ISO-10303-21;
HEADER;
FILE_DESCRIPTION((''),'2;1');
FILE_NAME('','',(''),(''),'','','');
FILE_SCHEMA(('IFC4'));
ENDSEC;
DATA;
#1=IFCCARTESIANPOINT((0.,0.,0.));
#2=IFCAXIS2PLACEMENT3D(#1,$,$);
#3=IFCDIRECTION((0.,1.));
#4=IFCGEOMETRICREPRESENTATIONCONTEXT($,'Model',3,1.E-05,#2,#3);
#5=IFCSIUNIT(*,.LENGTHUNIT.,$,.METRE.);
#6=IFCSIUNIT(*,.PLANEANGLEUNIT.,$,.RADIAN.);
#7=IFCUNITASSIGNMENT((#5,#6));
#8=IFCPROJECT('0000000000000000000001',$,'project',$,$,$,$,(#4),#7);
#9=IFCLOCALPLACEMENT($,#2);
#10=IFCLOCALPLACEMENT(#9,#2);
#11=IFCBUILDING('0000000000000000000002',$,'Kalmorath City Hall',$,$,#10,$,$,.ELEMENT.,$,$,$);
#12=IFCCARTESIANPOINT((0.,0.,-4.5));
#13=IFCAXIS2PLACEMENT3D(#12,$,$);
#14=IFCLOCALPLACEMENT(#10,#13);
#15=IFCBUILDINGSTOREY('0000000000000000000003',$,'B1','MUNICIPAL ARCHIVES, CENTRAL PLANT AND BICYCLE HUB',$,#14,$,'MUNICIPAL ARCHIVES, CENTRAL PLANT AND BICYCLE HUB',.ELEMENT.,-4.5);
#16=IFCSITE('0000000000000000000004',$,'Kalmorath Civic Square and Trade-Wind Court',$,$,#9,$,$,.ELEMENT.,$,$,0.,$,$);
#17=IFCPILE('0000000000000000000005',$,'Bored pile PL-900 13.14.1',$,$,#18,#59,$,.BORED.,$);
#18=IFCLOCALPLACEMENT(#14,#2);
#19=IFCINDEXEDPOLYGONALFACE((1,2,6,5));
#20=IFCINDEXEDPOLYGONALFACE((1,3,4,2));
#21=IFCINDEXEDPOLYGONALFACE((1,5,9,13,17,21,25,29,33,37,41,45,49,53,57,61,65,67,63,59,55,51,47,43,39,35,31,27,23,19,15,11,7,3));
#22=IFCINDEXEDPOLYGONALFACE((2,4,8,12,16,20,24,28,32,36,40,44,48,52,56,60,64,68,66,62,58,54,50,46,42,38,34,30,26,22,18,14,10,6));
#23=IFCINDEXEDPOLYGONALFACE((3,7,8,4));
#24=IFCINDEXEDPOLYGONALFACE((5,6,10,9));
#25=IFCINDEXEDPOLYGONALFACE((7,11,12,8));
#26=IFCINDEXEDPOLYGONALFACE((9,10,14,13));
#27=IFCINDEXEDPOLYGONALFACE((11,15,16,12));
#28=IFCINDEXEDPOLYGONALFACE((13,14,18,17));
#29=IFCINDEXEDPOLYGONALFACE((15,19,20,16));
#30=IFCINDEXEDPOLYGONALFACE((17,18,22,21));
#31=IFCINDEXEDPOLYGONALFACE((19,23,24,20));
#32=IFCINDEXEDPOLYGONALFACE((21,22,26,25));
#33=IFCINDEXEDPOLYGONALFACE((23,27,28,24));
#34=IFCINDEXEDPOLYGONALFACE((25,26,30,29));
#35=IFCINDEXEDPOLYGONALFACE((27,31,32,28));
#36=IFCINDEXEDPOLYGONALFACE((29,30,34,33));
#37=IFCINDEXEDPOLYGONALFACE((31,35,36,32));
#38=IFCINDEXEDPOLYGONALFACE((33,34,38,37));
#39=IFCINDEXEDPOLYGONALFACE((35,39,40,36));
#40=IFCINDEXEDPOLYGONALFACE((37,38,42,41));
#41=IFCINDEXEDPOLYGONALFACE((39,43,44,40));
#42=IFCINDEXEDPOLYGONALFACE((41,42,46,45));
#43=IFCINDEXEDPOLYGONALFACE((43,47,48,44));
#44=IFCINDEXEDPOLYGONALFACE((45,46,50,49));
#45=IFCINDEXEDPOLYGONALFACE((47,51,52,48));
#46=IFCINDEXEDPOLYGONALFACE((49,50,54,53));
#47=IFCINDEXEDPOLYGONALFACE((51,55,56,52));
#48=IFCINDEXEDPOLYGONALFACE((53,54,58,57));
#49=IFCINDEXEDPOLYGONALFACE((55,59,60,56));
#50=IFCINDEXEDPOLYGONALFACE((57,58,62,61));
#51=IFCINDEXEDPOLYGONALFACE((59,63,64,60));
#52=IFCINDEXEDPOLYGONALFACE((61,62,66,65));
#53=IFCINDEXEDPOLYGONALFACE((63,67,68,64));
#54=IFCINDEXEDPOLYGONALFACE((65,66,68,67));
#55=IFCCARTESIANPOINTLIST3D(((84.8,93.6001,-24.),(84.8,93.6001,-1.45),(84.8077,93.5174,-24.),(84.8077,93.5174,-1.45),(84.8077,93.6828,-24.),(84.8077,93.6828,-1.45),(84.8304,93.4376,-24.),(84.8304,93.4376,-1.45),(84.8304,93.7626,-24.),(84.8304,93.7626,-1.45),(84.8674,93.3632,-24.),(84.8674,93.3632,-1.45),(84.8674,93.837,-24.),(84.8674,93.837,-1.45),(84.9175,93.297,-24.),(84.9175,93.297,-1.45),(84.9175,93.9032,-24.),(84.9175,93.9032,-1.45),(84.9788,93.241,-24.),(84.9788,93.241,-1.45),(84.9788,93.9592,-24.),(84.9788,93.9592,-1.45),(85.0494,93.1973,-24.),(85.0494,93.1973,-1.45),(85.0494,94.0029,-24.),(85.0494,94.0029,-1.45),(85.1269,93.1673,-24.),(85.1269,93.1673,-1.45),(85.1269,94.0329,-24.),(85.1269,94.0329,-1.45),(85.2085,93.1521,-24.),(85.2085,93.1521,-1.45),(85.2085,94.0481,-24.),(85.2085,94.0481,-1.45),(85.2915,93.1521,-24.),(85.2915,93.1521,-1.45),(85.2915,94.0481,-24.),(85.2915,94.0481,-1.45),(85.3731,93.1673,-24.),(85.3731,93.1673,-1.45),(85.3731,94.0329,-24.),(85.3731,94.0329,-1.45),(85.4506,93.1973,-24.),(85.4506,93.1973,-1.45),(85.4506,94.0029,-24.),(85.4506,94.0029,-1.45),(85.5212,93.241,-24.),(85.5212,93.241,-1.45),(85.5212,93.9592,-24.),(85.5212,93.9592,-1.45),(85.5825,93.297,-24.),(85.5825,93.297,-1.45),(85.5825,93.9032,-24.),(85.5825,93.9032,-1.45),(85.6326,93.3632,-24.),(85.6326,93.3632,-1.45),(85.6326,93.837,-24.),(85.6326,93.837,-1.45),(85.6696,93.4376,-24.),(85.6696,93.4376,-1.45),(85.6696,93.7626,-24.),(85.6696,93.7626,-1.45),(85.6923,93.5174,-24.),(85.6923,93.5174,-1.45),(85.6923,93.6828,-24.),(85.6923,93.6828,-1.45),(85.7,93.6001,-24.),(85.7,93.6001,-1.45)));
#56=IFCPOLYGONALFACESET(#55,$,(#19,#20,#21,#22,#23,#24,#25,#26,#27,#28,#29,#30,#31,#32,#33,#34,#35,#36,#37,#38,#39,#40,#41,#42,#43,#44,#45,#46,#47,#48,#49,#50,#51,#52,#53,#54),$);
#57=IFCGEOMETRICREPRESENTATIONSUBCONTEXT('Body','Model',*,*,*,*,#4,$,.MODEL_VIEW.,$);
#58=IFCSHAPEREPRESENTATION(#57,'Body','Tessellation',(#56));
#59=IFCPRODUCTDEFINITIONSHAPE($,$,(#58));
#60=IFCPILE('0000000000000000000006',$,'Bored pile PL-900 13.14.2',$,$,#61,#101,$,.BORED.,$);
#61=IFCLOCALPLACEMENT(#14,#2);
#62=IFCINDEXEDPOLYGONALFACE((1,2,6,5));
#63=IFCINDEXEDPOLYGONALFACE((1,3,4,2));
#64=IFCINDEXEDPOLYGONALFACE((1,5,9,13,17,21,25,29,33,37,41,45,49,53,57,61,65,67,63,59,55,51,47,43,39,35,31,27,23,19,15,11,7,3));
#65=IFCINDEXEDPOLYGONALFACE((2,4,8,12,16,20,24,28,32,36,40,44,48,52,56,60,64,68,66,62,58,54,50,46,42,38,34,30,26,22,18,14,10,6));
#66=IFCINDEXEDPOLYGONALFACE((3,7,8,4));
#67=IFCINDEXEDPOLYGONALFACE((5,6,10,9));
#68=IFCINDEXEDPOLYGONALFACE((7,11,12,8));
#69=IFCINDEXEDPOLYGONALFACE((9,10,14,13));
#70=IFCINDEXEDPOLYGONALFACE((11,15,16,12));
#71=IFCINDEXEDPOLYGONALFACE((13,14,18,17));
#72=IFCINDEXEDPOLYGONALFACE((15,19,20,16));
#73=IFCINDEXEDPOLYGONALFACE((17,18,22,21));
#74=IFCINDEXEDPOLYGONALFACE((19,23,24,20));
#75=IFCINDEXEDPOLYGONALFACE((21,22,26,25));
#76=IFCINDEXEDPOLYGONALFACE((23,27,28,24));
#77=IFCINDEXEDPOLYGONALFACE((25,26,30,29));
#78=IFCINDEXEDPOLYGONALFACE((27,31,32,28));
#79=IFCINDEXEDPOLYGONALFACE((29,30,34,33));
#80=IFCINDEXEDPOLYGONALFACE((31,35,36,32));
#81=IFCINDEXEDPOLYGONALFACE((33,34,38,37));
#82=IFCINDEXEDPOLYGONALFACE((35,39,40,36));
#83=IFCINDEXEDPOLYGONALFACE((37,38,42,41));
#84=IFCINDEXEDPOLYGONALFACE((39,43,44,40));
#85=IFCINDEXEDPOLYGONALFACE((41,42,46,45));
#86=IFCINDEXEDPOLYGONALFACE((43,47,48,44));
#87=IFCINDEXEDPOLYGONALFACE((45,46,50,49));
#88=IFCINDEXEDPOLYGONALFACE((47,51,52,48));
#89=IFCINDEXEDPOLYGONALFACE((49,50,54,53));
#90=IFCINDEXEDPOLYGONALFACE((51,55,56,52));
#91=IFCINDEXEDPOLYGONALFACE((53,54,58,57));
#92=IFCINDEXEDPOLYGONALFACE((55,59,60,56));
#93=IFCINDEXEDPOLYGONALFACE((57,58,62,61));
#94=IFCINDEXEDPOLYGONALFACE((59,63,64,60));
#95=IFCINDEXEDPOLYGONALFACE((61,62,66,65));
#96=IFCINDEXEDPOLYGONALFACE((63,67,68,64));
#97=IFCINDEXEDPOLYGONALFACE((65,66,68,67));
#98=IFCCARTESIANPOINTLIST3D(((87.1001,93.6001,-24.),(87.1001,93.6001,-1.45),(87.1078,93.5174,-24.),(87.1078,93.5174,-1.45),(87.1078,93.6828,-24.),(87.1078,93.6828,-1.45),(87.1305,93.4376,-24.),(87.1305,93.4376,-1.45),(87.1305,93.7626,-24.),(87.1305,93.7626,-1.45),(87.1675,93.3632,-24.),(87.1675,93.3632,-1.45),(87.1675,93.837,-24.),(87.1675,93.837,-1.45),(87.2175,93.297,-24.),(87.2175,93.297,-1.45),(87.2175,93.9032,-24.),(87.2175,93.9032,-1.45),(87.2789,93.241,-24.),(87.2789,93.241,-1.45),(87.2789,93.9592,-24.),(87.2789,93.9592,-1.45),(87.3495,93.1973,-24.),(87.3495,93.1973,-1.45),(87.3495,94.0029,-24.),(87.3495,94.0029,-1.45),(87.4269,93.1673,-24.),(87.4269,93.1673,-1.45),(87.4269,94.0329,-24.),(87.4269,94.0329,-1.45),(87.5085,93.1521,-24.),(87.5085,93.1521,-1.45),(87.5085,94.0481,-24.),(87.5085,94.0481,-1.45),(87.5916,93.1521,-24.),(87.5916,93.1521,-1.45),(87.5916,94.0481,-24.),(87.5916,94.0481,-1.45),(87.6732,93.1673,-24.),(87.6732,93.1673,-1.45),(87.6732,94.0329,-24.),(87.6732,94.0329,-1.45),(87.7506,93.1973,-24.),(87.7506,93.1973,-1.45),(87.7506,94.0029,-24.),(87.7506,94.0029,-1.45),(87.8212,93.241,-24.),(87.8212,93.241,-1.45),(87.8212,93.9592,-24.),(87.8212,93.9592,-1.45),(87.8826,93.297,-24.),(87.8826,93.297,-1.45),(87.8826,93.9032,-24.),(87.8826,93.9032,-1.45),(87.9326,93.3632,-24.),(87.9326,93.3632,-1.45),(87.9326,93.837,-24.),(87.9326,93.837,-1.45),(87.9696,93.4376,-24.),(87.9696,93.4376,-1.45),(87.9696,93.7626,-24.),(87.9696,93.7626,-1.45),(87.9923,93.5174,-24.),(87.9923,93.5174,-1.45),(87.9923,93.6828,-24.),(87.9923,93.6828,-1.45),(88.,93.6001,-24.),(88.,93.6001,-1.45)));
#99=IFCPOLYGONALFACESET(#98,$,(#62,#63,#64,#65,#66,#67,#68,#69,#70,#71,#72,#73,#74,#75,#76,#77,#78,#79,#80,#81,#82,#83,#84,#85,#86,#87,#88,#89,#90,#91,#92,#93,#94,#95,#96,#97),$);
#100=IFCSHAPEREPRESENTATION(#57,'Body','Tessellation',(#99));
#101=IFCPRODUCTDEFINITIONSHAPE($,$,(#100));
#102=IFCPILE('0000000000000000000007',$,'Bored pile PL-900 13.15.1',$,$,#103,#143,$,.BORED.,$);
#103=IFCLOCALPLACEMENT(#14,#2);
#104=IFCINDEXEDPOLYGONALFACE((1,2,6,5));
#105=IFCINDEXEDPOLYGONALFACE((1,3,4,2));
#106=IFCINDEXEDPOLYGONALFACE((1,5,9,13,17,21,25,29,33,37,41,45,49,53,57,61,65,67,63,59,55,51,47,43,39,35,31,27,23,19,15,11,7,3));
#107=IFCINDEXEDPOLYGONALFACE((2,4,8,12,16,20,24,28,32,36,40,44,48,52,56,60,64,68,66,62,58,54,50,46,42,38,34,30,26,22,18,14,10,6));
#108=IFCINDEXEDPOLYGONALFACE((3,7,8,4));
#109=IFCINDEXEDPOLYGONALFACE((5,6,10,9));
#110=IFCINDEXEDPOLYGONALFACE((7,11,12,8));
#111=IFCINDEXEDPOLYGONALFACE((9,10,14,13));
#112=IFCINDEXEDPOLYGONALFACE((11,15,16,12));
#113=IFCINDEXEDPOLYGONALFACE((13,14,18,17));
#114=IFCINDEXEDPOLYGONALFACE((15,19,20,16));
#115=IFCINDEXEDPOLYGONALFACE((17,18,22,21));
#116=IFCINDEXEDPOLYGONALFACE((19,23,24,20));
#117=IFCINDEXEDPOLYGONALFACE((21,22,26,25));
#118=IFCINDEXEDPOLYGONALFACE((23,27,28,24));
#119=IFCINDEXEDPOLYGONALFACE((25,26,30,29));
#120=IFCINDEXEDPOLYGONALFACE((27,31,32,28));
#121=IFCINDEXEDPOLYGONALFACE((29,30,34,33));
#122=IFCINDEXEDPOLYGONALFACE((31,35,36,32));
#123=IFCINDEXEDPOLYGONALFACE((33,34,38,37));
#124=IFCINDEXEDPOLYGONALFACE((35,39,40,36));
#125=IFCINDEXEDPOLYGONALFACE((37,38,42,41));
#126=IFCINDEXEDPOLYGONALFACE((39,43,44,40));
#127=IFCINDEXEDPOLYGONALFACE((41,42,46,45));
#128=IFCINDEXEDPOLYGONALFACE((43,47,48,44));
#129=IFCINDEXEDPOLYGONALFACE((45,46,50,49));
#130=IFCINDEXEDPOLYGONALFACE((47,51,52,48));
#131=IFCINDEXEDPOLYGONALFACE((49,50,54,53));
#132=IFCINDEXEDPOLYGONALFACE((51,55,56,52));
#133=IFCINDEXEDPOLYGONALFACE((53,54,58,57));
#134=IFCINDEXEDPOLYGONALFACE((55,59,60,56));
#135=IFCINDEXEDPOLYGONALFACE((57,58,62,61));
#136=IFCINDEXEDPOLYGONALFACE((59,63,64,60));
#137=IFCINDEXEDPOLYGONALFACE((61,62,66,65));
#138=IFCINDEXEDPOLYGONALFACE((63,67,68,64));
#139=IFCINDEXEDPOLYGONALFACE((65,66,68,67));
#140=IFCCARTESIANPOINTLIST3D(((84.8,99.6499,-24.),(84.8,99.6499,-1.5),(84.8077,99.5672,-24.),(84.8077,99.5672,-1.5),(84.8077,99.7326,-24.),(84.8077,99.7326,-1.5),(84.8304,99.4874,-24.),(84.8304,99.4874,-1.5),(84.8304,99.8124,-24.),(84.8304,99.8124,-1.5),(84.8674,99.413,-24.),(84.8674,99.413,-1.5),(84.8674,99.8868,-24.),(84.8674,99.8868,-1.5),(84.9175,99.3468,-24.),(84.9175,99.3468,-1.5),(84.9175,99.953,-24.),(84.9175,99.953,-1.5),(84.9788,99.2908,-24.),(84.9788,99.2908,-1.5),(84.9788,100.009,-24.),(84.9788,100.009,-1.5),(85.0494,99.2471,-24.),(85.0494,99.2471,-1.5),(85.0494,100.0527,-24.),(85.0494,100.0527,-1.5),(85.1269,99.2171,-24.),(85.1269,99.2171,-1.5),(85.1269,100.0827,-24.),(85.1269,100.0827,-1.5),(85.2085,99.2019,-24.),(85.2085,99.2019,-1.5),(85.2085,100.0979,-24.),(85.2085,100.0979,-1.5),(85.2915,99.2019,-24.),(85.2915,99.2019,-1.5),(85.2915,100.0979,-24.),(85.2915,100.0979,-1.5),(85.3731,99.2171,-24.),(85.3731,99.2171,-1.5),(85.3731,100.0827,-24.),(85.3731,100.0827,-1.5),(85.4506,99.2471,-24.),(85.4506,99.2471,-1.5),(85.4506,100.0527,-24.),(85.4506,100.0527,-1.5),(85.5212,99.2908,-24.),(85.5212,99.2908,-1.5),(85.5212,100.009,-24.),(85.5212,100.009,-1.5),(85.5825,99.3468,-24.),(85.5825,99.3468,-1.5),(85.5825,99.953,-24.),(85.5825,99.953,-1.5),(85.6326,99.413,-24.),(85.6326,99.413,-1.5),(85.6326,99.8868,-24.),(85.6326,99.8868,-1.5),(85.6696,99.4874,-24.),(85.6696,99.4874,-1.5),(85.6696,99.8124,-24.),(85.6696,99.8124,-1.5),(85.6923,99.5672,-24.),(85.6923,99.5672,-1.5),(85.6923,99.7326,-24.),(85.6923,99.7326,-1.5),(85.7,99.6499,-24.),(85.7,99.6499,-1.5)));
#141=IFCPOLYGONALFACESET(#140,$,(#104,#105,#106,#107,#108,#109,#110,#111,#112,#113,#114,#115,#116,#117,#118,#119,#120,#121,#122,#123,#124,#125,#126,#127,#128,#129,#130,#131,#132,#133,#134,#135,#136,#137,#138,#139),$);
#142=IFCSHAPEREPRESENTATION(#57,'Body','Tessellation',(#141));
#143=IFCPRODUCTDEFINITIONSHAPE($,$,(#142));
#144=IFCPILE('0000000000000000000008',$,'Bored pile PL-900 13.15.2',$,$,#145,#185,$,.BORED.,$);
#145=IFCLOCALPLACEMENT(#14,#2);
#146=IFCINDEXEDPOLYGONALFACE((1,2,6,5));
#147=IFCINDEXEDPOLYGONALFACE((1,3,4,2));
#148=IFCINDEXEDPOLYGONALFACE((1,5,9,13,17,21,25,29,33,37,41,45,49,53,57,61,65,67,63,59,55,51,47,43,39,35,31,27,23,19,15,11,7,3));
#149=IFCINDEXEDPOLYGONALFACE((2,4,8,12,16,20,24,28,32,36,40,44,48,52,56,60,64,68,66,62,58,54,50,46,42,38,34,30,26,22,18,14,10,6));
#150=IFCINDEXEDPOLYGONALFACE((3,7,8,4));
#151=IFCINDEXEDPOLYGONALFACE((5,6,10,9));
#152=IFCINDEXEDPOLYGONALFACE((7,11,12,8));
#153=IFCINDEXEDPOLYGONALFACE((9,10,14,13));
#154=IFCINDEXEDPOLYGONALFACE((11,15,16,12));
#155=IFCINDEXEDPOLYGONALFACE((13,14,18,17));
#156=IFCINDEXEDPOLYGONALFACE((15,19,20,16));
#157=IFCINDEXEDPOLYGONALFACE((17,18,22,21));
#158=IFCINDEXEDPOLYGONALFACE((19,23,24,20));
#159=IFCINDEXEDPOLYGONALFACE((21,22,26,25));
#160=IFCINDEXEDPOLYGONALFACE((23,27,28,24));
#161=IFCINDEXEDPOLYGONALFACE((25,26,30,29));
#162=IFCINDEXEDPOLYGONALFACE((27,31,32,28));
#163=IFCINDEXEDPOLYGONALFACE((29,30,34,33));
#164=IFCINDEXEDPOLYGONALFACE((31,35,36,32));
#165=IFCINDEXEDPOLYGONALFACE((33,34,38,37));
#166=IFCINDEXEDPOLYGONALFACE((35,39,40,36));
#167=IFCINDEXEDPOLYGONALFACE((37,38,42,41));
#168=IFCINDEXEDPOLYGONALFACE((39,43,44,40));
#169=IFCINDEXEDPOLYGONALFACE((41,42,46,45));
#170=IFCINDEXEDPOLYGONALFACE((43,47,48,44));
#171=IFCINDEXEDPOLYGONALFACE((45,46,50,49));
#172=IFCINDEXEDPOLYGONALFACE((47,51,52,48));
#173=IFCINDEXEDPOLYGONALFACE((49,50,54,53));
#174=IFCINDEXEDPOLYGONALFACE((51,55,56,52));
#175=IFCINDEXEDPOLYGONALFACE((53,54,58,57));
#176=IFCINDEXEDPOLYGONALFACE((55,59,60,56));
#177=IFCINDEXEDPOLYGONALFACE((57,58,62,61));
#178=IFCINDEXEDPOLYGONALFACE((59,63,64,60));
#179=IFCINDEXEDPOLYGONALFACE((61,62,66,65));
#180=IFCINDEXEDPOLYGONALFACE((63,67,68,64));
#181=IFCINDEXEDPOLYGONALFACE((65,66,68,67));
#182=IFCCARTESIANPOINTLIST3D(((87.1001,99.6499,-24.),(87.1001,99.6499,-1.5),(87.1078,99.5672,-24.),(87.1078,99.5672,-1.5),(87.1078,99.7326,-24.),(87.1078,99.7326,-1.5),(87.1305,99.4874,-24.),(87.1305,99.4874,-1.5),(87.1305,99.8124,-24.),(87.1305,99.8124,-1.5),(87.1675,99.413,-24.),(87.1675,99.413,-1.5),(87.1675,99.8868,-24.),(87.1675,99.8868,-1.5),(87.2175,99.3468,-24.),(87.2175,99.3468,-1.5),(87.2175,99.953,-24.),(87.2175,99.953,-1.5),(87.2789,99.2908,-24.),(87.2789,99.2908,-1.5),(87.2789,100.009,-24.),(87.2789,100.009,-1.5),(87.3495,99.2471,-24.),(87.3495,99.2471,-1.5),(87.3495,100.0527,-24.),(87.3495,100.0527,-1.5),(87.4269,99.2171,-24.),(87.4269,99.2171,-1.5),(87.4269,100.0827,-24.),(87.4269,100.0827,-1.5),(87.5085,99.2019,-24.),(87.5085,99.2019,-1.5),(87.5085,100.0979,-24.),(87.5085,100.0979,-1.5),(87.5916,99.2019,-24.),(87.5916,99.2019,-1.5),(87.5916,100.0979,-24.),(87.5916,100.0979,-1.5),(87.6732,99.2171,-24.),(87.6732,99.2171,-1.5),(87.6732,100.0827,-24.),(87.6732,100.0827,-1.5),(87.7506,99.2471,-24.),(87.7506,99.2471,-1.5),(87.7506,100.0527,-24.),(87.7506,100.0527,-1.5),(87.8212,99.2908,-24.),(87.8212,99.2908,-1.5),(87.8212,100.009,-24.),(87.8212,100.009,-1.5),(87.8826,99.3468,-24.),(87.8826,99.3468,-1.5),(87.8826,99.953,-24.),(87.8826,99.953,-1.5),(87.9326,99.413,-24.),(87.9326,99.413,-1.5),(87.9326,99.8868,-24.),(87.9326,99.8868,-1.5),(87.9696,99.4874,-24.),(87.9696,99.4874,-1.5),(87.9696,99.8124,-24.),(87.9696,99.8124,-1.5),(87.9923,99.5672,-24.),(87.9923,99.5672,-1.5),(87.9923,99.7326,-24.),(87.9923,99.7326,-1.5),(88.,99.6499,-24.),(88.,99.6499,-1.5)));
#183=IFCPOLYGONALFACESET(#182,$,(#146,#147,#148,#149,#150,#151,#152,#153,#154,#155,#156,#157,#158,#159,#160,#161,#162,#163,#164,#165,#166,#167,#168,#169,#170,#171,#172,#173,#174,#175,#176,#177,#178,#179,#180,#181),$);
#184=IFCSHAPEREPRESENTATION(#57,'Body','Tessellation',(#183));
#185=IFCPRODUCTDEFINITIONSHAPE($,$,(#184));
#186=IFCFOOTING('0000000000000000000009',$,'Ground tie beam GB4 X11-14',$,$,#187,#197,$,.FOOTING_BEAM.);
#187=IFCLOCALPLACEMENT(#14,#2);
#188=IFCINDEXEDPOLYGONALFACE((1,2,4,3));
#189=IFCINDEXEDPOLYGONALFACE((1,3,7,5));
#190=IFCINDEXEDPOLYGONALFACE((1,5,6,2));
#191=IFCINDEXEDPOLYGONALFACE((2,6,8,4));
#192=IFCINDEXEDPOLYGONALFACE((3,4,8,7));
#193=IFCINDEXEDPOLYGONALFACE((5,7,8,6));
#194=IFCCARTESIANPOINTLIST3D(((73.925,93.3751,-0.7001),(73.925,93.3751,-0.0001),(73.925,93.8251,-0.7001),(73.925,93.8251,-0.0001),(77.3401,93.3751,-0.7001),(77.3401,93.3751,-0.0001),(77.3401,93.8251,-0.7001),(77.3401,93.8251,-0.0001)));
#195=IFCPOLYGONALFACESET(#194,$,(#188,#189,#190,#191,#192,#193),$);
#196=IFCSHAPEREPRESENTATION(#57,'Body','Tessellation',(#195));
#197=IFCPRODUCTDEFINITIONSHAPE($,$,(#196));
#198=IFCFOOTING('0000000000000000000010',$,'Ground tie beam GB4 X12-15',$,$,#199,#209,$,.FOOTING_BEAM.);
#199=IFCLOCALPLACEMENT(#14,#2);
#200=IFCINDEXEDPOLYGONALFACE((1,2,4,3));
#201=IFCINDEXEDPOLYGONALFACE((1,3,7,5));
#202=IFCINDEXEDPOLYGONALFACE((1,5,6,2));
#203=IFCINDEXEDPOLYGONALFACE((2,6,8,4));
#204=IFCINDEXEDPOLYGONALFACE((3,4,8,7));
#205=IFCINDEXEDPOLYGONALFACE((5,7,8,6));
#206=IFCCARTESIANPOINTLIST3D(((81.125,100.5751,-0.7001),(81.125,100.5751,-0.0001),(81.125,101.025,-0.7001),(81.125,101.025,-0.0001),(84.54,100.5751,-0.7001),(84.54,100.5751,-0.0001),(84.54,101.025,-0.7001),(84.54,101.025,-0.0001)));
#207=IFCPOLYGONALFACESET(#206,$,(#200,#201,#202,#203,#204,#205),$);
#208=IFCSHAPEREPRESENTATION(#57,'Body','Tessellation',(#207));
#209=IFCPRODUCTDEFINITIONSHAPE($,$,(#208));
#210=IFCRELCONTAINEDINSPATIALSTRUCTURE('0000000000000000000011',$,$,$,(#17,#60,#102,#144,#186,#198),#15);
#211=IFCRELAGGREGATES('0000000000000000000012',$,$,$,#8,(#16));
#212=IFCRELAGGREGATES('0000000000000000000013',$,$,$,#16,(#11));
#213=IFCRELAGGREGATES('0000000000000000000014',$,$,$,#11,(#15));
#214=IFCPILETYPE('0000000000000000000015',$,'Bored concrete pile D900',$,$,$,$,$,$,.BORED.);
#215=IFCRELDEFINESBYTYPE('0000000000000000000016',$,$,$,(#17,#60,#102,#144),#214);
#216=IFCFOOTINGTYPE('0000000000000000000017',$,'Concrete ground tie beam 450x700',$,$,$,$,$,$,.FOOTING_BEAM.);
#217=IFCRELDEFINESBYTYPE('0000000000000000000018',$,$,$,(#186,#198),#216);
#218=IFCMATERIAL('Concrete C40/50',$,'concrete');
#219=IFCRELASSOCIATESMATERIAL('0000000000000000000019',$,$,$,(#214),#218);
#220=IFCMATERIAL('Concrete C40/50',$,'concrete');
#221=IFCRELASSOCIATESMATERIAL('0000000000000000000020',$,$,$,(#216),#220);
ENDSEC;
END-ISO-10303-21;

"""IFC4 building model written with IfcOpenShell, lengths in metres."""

from ifc_helpers import new_model, si_unit, direction, frame, origin, origin_2d, place, context, subcontext, project, spatial, rectangle, circle, extrude, material, material_profile, profile_set, type_object, element, save


model = new_model("IFC4")

# Units and contexts
model_context = context("Model", 3, precision=1e-05, world=origin(), true_north=direction((0.0, 1.0)))
body_context = subcontext(model_context, "Body", "Model", "MODEL_VIEW")
ifc_project = project(units=[si_unit("LENGTHUNIT", "METRE"), si_unit("PLANEANGLEUNIT", "RADIAN")], contexts=[model_context])

# Site, building, storey
site_placement = place(None, origin())
site = spatial("IfcSite", under=ifc_project, at=site_placement, Name="Kalmorath Civic Square and Trade-Wind Court", CompositionType="ELEMENT", RefElevation=0.0)
building_placement = place(site_placement, origin())
building = spatial("IfcBuilding", under=site, at=building_placement, Name="Kalmorath City Hall", CompositionType="ELEMENT")
storey_placement = place(building_placement, frame((0.0, 0.0, -4.5)))
storey = spatial("IfcBuildingStorey", under=building, at=storey_placement, Name="B1", Description="MUNICIPAL ARCHIVES, CENTRAL PLANT AND BICYCLE HUB", LongName="MUNICIPAL ARCHIVES, CENTRAL PLANT AND BICYCLE HUB", CompositionType="ELEMENT", Elevation=-4.5)

# Piles
ifc_material_1 = material(Name="Concrete C40/50", Category="concrete")
ifc_material_profile_1 = material_profile(ifc_material_1, circle(Radius=0.45, at=origin_2d()), Name="PILE-D900")
ifc_profile_set_1 = profile_set([ifc_material_profile_1], Name="Concrete C40/50")
pile_type = type_object("IfcPileType", Name="Bored concrete pile D900", PredefinedType="BORED", material=ifc_profile_set_1)
for number, where, z_axis, x_axis, name in (
    (1, (85.25, 93.6001, -1.45), (0.0, 0.0, -1.0), (1.0, 0.0, 0.0), "Bored pile PL-900 13.14.1"),
    (2, (87.55, 93.6001, -1.45), (0.0, 0.0, -1.0), (1.0, 0.0, 0.0), "Bored pile PL-900 13.14.2"),
):
    element("IfcPile", number, at=place(storey_placement, frame(where, z_axis=z_axis, x_axis=x_axis)), inside=storey, type_object=pile_type, Name=name, PredefinedType="BORED", context=body_context, shape_type="SweptSolid", body=[
        extrude(circle(Radius=0.45, at=origin_2d()), origin(), (0.0, 0.0, 1.0), 22.55),
    ])
for number, where, z_axis, x_axis, name in (
    (3, (85.25, 99.6499, -1.5), (0.0, 0.0, -1.0), (1.0, 0.0, 0.0), "Bored pile PL-900 13.15.1"),
    (4, (87.55, 99.6499, -1.5), (0.0, 0.0, -1.0), (1.0, 0.0, 0.0), "Bored pile PL-900 13.15.2"),
):
    element("IfcPile", number, at=place(storey_placement, frame(where, z_axis=z_axis, x_axis=x_axis)), inside=storey, type_object=pile_type, Name=name, PredefinedType="BORED", context=body_context, shape_type="SweptSolid", body=[
        extrude(circle(Radius=0.45, at=origin_2d()), origin(), (0.0, 0.0, 1.0), 22.5),
    ])

# Footings
ifc_material_2 = material(Name="Concrete C40/50", Category="concrete")
ifc_material_profile_2 = material_profile(ifc_material_2, rectangle(XDim=0.45, YDim=0.7, at=origin_2d()), Name="RC-BM-450X700")
ifc_profile_set_2 = profile_set([ifc_material_profile_2], Name="Concrete C40/50")
footing_type_1 = type_object("IfcFootingType", Name="Concrete ground tie beam 450x700", PredefinedType="FOOTING_BEAM", material=ifc_profile_set_2)
for number, where, z_axis, x_axis, name in (
    (5, (73.925, 93.6001, -0.3501), (1.0, 0.0, 0.0), (0.0, 1.0, 0.0), "Ground tie beam GB4 X11-14"),
    (6, (81.125, 100.8, -0.3501), (1.0, 0.0, 0.0), (0.0, 1.0, 0.0), "Ground tie beam GB4 X12-15"),
):
    element("IfcFooting", number, at=place(storey_placement, frame(where, z_axis=z_axis, x_axis=x_axis)), inside=storey, type_object=footing_type_1, Name=name, PredefinedType="FOOTING_BEAM", context=body_context, shape_type="SweptSolid", body=[
        extrude(rectangle(XDim=0.45, YDim=0.7, at=origin_2d()), origin(), (0.0, 0.0, 1.0), 3.415),
    ])

save(model, "model.ifc")
